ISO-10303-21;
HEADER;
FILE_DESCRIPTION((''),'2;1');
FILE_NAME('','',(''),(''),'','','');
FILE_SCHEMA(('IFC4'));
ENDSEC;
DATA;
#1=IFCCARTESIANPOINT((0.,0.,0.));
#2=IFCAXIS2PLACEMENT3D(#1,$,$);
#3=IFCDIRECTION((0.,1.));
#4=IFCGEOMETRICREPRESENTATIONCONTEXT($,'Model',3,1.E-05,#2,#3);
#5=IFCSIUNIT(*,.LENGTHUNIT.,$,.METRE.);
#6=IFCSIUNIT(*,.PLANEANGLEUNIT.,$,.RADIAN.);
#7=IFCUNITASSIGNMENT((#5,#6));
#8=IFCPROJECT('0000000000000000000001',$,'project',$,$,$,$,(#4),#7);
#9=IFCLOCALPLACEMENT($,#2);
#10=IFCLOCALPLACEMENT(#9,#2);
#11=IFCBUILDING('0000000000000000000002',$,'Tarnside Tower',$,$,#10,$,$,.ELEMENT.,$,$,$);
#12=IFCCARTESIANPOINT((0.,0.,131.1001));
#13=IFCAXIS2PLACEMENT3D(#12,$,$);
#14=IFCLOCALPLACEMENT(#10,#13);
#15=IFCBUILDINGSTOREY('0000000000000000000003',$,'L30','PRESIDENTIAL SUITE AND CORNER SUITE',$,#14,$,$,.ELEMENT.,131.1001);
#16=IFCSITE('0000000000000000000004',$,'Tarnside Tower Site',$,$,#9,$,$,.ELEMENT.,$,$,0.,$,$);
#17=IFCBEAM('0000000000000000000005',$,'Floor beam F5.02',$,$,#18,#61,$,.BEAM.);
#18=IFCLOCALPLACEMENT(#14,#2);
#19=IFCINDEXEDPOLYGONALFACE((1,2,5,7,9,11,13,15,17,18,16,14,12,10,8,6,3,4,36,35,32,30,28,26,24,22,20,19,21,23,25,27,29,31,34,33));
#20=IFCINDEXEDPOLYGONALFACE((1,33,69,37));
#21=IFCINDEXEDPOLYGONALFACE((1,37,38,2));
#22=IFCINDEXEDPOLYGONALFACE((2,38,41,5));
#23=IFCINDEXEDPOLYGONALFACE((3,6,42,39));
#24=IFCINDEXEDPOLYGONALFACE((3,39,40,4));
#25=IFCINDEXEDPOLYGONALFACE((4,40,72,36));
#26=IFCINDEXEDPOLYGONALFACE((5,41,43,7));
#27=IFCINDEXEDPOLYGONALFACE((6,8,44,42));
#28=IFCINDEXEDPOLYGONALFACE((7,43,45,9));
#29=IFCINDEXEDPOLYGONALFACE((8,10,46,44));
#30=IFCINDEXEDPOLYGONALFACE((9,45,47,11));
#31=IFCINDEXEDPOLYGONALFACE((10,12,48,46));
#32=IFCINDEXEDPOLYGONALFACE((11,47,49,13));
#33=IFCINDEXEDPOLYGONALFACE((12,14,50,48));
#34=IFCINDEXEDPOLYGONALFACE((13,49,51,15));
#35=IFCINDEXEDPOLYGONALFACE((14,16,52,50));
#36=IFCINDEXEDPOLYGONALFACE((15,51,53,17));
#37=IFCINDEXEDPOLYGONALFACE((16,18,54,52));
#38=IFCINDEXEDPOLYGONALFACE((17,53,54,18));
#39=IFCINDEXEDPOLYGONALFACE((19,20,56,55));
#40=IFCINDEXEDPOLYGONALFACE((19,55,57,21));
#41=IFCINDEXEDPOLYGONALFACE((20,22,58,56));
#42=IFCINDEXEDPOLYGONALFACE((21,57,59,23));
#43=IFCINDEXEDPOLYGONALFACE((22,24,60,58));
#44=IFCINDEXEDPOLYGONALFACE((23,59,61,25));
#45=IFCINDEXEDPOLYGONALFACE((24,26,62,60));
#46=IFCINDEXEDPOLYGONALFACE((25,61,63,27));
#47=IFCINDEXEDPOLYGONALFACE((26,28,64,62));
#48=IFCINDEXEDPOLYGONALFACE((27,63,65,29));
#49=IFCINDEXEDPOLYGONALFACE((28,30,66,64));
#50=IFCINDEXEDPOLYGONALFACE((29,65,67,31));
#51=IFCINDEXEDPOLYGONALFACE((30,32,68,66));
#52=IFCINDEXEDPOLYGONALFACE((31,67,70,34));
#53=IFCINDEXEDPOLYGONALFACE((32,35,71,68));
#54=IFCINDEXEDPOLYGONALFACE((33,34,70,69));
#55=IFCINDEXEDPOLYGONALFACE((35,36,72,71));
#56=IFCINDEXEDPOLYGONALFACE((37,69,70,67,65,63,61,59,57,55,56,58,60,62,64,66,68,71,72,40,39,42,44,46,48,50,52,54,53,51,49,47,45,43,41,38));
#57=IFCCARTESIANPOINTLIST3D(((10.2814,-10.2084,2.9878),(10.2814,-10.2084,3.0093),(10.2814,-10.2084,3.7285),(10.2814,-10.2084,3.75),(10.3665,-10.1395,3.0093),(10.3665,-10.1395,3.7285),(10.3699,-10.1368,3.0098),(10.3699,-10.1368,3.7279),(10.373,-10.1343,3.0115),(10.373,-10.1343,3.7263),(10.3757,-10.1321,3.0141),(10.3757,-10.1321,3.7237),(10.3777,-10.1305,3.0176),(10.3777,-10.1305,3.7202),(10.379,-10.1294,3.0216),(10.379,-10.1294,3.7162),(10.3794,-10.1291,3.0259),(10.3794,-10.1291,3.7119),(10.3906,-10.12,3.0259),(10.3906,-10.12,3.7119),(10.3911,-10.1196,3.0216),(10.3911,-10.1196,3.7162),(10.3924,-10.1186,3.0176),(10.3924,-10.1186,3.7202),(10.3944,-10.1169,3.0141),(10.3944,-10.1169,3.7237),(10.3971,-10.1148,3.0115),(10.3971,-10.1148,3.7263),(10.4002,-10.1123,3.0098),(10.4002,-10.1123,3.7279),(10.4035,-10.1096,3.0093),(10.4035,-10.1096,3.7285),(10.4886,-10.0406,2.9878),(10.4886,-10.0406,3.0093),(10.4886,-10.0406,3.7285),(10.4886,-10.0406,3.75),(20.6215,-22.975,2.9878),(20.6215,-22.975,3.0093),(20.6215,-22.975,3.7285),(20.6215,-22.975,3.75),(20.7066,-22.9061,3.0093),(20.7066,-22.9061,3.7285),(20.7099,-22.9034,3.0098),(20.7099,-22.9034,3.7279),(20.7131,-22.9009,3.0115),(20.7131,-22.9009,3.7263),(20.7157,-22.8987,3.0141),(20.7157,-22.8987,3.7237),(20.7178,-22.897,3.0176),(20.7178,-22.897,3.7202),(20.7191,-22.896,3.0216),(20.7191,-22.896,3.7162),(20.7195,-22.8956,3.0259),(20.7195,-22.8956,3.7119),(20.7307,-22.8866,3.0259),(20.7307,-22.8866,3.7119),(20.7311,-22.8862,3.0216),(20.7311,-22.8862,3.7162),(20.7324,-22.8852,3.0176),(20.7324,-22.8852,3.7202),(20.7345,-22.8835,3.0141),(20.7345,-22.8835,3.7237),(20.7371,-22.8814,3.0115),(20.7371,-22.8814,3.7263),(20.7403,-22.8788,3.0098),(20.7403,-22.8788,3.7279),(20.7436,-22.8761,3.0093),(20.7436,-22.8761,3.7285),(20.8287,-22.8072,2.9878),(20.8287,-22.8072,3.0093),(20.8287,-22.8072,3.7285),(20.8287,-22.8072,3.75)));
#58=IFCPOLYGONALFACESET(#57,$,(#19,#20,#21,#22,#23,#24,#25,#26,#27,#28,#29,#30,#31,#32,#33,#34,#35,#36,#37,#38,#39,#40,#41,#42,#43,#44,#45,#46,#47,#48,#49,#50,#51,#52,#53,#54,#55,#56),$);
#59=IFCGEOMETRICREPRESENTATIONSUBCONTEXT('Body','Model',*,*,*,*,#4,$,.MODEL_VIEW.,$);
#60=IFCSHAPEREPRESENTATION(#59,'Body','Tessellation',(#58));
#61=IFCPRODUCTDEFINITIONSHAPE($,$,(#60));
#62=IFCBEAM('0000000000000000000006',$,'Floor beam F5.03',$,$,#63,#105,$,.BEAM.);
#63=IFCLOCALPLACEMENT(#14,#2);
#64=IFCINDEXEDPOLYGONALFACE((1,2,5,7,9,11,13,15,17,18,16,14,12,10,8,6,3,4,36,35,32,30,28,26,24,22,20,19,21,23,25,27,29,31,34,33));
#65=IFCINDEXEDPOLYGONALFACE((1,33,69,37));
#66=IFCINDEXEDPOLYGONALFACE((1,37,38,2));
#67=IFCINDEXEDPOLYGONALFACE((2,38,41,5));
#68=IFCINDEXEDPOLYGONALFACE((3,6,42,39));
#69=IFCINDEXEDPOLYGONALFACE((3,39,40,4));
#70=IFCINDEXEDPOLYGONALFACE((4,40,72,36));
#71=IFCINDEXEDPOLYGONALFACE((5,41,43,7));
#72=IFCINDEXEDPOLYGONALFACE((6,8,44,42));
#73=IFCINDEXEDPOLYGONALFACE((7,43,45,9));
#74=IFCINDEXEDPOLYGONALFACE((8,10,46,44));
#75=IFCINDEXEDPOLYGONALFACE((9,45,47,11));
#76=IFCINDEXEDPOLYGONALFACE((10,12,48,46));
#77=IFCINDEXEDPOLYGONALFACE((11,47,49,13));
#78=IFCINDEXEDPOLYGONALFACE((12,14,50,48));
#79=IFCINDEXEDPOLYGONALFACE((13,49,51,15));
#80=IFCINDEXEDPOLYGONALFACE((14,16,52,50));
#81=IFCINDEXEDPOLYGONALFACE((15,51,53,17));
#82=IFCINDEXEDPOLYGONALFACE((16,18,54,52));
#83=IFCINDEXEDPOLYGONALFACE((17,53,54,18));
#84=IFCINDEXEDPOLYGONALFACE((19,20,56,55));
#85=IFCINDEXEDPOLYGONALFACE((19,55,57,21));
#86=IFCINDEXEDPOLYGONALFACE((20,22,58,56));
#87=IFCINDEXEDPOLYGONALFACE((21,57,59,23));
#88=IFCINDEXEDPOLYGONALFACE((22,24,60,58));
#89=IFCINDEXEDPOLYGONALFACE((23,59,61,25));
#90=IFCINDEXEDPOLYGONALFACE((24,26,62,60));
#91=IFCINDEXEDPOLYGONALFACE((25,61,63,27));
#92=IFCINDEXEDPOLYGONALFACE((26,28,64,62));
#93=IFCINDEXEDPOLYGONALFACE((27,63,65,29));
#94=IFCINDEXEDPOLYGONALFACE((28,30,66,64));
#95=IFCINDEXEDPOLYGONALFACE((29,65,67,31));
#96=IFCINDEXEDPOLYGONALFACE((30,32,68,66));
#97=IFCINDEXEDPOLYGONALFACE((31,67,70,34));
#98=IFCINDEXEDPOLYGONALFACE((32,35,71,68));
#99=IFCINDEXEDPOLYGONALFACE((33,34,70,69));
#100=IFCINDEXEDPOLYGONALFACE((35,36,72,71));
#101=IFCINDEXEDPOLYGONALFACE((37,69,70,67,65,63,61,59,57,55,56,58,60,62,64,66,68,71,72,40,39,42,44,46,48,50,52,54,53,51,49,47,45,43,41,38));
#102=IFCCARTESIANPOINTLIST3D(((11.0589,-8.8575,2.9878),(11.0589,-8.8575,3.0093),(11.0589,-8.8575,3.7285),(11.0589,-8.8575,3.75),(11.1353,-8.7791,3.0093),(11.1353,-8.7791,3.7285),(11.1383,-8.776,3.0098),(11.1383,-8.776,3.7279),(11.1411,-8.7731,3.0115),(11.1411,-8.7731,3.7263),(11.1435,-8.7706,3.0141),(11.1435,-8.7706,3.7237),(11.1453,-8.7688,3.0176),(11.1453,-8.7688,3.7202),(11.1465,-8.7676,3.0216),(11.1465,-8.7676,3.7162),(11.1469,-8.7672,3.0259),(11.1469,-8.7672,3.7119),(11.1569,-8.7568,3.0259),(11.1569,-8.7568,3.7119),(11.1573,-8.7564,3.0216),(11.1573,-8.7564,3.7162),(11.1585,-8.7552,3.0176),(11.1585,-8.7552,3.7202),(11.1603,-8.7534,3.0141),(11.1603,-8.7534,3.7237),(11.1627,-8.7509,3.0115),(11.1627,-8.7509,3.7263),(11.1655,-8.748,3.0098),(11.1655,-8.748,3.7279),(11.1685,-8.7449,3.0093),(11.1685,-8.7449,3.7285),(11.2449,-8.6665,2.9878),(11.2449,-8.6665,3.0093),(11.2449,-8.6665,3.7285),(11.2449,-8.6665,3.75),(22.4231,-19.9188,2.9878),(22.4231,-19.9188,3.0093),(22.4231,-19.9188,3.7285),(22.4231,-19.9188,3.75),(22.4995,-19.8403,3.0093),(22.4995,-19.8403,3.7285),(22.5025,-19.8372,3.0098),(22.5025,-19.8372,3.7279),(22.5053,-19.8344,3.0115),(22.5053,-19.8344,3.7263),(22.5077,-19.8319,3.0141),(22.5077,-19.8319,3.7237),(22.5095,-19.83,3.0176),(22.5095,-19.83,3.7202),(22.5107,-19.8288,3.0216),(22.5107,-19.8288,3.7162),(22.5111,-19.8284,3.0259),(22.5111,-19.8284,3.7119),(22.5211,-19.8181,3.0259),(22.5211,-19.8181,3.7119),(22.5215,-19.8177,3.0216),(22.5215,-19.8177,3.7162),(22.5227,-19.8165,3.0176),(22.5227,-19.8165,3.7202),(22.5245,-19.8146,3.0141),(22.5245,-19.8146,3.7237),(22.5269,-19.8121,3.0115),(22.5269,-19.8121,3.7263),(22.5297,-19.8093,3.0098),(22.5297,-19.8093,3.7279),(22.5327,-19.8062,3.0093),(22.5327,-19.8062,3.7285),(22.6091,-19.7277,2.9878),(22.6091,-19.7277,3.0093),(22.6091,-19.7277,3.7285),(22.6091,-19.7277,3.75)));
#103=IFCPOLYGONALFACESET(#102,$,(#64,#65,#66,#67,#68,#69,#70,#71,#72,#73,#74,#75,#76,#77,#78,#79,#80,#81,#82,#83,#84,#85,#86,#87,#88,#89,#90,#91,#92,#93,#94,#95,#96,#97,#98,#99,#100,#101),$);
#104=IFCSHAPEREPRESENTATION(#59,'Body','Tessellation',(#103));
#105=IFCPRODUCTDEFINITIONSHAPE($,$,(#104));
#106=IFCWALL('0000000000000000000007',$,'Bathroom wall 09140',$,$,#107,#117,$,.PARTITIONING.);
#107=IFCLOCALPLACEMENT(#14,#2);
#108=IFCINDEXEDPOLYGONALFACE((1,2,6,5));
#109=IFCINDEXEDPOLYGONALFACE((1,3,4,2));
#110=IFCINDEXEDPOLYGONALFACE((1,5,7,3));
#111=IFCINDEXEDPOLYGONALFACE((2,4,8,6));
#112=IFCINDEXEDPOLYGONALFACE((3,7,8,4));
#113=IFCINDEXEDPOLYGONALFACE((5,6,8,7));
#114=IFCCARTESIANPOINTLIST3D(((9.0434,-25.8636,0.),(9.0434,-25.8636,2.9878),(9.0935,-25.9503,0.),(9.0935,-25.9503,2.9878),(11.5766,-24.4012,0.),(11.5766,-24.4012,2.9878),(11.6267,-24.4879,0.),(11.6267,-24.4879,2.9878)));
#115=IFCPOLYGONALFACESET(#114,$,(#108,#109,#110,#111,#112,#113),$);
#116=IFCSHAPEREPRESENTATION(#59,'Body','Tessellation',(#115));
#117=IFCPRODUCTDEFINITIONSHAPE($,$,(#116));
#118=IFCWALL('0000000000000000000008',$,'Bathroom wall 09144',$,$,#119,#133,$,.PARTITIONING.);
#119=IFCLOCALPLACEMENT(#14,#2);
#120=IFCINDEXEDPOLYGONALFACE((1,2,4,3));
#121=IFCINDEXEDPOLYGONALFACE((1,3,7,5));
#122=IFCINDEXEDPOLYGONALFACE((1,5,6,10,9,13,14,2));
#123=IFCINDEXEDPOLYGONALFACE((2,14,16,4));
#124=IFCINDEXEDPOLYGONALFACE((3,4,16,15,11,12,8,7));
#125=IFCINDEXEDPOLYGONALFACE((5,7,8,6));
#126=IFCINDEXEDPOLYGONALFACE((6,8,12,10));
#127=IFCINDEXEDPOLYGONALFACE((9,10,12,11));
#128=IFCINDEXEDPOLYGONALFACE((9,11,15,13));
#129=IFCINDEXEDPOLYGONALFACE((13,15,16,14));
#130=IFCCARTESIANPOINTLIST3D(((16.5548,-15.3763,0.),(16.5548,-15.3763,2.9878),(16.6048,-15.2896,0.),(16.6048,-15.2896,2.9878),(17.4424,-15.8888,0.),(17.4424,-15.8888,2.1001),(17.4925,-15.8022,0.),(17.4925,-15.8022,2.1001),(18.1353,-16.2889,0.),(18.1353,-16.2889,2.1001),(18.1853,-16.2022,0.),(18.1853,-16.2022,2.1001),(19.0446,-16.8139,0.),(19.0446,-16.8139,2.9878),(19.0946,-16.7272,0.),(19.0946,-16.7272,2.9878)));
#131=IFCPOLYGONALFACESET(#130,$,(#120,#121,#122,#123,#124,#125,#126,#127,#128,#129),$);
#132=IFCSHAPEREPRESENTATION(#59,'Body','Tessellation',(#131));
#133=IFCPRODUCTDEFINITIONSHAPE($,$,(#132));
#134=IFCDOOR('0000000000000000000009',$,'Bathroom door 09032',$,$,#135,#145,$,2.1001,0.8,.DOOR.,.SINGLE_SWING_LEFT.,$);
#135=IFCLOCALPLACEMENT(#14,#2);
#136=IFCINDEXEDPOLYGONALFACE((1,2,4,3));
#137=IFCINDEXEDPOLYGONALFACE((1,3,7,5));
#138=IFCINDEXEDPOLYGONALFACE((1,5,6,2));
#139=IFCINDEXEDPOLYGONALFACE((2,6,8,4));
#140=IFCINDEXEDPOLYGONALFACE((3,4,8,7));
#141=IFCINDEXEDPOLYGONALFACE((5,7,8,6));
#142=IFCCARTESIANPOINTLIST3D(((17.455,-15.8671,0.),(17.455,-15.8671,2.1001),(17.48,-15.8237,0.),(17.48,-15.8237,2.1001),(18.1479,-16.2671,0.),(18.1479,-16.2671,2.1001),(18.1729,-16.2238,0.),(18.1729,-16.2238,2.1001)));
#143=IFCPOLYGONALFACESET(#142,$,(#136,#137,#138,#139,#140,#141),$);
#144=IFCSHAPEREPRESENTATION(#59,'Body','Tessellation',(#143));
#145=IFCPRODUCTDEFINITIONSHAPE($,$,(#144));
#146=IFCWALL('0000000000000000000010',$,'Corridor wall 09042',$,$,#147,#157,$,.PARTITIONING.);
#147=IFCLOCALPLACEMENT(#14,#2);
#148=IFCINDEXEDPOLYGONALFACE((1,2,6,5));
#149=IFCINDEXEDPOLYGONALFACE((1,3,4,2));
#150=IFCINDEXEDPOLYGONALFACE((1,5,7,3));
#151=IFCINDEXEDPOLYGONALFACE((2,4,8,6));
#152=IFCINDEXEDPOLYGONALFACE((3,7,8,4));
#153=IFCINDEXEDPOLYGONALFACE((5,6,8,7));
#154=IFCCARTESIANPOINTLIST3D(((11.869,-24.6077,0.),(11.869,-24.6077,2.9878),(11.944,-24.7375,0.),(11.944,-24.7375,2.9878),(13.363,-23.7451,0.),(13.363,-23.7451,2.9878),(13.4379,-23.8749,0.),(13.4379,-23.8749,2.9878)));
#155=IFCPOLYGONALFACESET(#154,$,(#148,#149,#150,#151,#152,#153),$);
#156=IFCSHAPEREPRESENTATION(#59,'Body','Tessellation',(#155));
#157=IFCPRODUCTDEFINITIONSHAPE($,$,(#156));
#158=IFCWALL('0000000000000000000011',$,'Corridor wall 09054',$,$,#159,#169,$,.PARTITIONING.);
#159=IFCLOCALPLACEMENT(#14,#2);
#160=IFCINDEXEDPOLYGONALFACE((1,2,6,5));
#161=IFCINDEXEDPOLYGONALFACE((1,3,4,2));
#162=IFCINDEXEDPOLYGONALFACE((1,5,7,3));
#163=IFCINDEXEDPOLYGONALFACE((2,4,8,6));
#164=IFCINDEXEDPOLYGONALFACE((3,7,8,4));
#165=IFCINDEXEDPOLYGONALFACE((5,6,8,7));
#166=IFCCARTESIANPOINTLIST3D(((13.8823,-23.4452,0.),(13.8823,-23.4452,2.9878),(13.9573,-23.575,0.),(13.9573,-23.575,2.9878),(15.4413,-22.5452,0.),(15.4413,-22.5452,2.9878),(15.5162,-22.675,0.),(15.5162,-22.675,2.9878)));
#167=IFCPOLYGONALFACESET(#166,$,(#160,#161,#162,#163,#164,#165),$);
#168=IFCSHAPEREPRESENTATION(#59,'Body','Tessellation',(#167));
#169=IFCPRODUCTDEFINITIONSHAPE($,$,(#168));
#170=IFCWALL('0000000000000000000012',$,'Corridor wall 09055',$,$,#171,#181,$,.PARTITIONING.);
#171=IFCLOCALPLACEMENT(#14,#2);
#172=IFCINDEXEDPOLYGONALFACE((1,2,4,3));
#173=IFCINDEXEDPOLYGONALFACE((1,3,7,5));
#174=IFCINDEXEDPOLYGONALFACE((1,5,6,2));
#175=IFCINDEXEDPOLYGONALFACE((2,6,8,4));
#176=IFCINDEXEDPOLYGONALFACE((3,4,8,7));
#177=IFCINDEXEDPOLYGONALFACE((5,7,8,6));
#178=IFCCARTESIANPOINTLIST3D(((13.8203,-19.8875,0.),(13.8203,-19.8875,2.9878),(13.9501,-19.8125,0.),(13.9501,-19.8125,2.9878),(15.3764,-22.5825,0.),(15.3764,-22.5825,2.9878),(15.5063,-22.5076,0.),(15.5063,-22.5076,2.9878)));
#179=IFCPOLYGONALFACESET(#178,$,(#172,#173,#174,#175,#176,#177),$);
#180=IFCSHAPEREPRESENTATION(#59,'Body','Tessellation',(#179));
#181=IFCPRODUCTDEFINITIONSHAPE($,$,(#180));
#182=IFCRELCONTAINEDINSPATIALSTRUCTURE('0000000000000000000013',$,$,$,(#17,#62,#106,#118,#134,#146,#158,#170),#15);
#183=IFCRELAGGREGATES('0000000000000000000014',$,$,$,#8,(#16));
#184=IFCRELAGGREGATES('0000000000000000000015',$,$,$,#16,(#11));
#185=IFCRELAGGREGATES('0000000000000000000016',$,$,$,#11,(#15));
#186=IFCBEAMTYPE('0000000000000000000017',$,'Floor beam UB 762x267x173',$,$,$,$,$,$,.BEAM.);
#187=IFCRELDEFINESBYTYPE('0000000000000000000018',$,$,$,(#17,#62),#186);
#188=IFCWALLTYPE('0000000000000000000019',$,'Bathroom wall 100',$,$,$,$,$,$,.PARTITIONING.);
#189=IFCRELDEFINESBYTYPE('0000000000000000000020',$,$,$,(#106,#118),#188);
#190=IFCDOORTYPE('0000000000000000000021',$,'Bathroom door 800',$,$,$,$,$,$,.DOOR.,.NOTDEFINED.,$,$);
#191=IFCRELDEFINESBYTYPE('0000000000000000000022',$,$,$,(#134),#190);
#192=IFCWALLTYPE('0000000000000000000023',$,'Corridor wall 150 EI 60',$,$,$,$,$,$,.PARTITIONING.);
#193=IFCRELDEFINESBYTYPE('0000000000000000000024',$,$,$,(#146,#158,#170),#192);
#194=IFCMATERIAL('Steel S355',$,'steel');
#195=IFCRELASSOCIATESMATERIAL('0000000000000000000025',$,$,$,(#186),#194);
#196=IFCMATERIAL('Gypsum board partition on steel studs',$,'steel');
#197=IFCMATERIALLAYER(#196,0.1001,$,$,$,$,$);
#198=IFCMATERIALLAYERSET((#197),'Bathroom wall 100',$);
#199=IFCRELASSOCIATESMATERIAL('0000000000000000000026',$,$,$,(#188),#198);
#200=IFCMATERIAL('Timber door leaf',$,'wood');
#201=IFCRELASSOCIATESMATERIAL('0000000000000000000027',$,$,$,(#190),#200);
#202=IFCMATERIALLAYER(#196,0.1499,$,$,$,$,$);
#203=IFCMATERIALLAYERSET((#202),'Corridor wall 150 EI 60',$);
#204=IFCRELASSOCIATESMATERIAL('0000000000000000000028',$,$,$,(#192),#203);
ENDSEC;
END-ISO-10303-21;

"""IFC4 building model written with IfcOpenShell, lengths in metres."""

from ifc_helpers import new_model, si_unit, direction, frame, frame_2d, origin, origin_2d, place, context, subcontext, project, spatial, rectangle, i_section, extrude, material, layer, layer_set, material_profile, profile_set, type_object, element, fill, save


model = new_model("IFC4")

# Units and contexts
model_context = context("Model", 3, precision=1e-05, world=origin(), true_north=direction((0.0, 1.0)))
body_context = subcontext(model_context, "Body", "Model", "MODEL_VIEW")
ifc_project = project(units=[si_unit("LENGTHUNIT", "METRE"), si_unit("PLANEANGLEUNIT", "RADIAN")], contexts=[model_context])

# Site, building, storey
site_placement = place(None, origin())
site = spatial("IfcSite", under=ifc_project, at=site_placement, Name="Tarnside Tower Site", CompositionType="ELEMENT", RefElevation=0.0)
building_placement = place(site_placement, origin())
building = spatial("IfcBuilding", under=site, at=building_placement, Name="Tarnside Tower", CompositionType="ELEMENT")
storey_placement = place(building_placement, frame((0.0, 0.0, 131.1001)))
storey = spatial("IfcBuildingStorey", under=building, at=storey_placement, Name="L30", Description="PRESIDENTIAL SUITE AND CORNER SUITE", CompositionType="ELEMENT", Elevation=131.1001)

# Beams
ifc_material_1 = material(Name="Steel S355", Category="steel")
ifc_material_profile = material_profile(ifc_material_1, i_section(OverallWidth=0.2666, OverallDepth=0.7622, WebThickness=0.0144, FlangeThickness=0.0215, FilletRadius=0.0166, at=origin_2d()), Name="UB 762x267x173")
ifc_profile_set = profile_set([ifc_material_profile], Name="Steel S355")
beam_type = type_object("IfcBeamType", Name="Floor beam UB 762x267x173", PredefinedType="BEAM", material=ifc_profile_set)
beam_1_placement = place(storey_placement, frame((20.7251, -22.8911, 3.3689), z_axis=(-0.62939, 0.777089, 0.0), x_axis=(-0.777089, -0.62939, 0.0)))
element("IfcBeam", 1, at=beam_1_placement, inside=storey, type_object=beam_type, Name="Floor beam F5.02", PredefinedType="BEAM", context=body_context, shape_type="SweptSolid", body=[
    extrude(i_section(OverallWidth=0.2666, OverallDepth=0.7622, WebThickness=0.0144, FlangeThickness=0.0215, FilletRadius=0.0166, at=origin_2d()), origin(), (0.0, 0.0, 1.0), 16.4287),
])
beam_2_placement = place(storey_placement, frame((22.5161, -19.8232, 3.3689), z_axis=(-0.716595, 0.69749, 0.0), x_axis=(-0.69749, -0.716595, 0.0)))
element("IfcBeam", 2, at=beam_2_placement, inside=storey, type_object=beam_type, Name="Floor beam F5.03", PredefinedType="BEAM", context=body_context, shape_type="SweptSolid", body=[
    extrude(i_section(OverallWidth=0.2666, OverallDepth=0.7622, WebThickness=0.0144, FlangeThickness=0.0215, FilletRadius=0.0166, at=origin_2d()), origin(), (0.0, 0.0, 1.0), 15.8586),
])

# Wall
ifc_material_2 = material(Name="Gypsum board partition on steel studs", Category="steel")
ifc_layer_1 = layer(ifc_material_2, 0.1001)
ifc_layer_set_1 = layer_set([ifc_layer_1], Name="Bathroom wall 100")
wall_type_1 = type_object("IfcWallType", Name="Bathroom wall 100", PredefinedType="PARTITIONING", material=ifc_layer_set_1)
wall_1_placement = place(storey_placement, frame((11.6016, -24.4446, 0.0), z_axis=(0.0, 0.0, 1.0), x_axis=(-0.866047, -0.499963, 0.0)))
element("IfcWall", 3, at=wall_1_placement, inside=storey, type_object=wall_type_1, Name="Bathroom wall 09140", PredefinedType="PARTITIONING", context=body_context, shape_type="SweptSolid", body=[
    extrude(rectangle(XDim=2.925, YDim=0.1001, at=frame_2d((1.4624, 0.0))), origin(), (0.0, 0.0, 1.0), 2.9878),
])

# Wall, opening, door
wall_2_placement = place(storey_placement, frame((19.0696, -16.7705, 0.0), z_axis=(0.0, 0.0, 1.0), x_axis=(-0.866019, 0.500012, 0.0)))
wall_2 = element("IfcWall", 4, at=wall_2_placement, inside=storey, type_object=wall_type_1, Name="Bathroom wall 09144", PredefinedType="PARTITIONING", context=body_context, shape_type="SweptSolid", body=[
    extrude(rectangle(XDim=2.875, YDim=0.1001, at=frame_2d((1.4375, 0.0))), origin(), (0.0, 0.0, 1.0), 2.9878),
])
opening_1_placement = place(wall_2_placement, frame((1.05, 0.0, 0.0)))
opening_1 = element("IfcOpeningElement", 5, at=opening_1_placement, cuts=wall_2, PredefinedType="OPENING", context=body_context, shape_type="SweptSolid", body=[
    extrude(rectangle(XDim=0.8, YDim=2.1001, at=frame_2d((0.3999, 1.05))), frame((0.0, 0.0601, 0.0), z_axis=(0.0, -1.0, 0.0), x_axis=(1.0, 0.0, 0.0)), (0.0, 0.0, 1.0), 0.1201),
])
ifc_material_3 = material(Name="Timber door leaf", Category="wood")
door_type_1 = type_object("IfcDoorType", Name="Bathroom door 800", OperationType="NOTDEFINED", PredefinedType="DOOR", material=ifc_material_3)
door_1_placement = place(opening_1_placement, origin())
door_1 = element("IfcDoor", 6, at=door_1_placement, inside=storey, type_object=door_type_1, Name="Bathroom door 09032", OperationType="SINGLE_SWING_LEFT", OverallHeight=2.1001, OverallWidth=0.8, PredefinedType="DOOR", context=body_context, shape_type="SweptSolid", body=[
    extrude(rectangle(XDim=0.8, YDim=2.1001, at=frame_2d((0.3999, 1.05))), frame((0.0, 0.0249, 0.0), z_axis=(0.0, -1.0, 0.0), x_axis=(1.0, 0.0, 0.0)), (0.0, 0.0, 1.0), 0.05),
])
fill(opening_1, door_1)

# Walls
ifc_layer_2 = layer(ifc_material_2, 0.1499)
ifc_layer_set_2 = layer_set([ifc_layer_2], Name="Corridor wall 150 EI 60")
wall_type_2 = type_object("IfcWallType", Name="Corridor wall 150 EI 60", PredefinedType="PARTITIONING", material=ifc_layer_set_2)
wall_3_placement = place(storey_placement, frame((11.9065, -24.6726, 0.0), z_axis=(0.0, 0.0, 1.0), x_axis=(0.866014, 0.500021, 0.0)))
element("IfcWall", 7, at=wall_3_placement, inside=storey, type_object=wall_type_2, Name="Corridor wall 09042", PredefinedType="PARTITIONING", context=body_context, shape_type="SweptSolid", body=[
    extrude(rectangle(XDim=1.7251, YDim=0.1499, at=frame_2d((0.8625, 0.0))), origin(), (0.0, 0.0, 1.0), 2.9878),
])
wall_4_placement = place(storey_placement, frame((13.9199, -23.51, 0.0), z_axis=(0.0, 0.0, 1.0), x_axis=(0.866048, 0.499961, 0.0)))
element("IfcWall", 8, at=wall_4_placement, inside=storey, type_object=wall_type_2, Name="Corridor wall 09054", PredefinedType="PARTITIONING", context=body_context, shape_type="SweptSolid", body=[
    extrude(rectangle(XDim=1.8, YDim=0.1499, at=frame_2d((0.8999, 0.0))), origin(), (0.0, 0.0, 1.0), 2.9878),
])
wall_5_placement = place(storey_placement, frame((15.4414, -22.5452, 0.0), z_axis=(0.0, 0.0, 1.0), x_axis=(-0.500037, 0.866004, 0.0)))
element("IfcWall", 9, at=wall_5_placement, inside=storey, type_object=wall_type_2, Name="Corridor wall 09055", PredefinedType="PARTITIONING", context=body_context, shape_type="SweptSolid", body=[
    extrude(rectangle(XDim=3.1121, YDim=0.1499, at=frame_2d((1.5562, 0.0))), origin(), (0.0, 0.0, 1.0), 2.9878),
])

save(model, "model.ifc")
